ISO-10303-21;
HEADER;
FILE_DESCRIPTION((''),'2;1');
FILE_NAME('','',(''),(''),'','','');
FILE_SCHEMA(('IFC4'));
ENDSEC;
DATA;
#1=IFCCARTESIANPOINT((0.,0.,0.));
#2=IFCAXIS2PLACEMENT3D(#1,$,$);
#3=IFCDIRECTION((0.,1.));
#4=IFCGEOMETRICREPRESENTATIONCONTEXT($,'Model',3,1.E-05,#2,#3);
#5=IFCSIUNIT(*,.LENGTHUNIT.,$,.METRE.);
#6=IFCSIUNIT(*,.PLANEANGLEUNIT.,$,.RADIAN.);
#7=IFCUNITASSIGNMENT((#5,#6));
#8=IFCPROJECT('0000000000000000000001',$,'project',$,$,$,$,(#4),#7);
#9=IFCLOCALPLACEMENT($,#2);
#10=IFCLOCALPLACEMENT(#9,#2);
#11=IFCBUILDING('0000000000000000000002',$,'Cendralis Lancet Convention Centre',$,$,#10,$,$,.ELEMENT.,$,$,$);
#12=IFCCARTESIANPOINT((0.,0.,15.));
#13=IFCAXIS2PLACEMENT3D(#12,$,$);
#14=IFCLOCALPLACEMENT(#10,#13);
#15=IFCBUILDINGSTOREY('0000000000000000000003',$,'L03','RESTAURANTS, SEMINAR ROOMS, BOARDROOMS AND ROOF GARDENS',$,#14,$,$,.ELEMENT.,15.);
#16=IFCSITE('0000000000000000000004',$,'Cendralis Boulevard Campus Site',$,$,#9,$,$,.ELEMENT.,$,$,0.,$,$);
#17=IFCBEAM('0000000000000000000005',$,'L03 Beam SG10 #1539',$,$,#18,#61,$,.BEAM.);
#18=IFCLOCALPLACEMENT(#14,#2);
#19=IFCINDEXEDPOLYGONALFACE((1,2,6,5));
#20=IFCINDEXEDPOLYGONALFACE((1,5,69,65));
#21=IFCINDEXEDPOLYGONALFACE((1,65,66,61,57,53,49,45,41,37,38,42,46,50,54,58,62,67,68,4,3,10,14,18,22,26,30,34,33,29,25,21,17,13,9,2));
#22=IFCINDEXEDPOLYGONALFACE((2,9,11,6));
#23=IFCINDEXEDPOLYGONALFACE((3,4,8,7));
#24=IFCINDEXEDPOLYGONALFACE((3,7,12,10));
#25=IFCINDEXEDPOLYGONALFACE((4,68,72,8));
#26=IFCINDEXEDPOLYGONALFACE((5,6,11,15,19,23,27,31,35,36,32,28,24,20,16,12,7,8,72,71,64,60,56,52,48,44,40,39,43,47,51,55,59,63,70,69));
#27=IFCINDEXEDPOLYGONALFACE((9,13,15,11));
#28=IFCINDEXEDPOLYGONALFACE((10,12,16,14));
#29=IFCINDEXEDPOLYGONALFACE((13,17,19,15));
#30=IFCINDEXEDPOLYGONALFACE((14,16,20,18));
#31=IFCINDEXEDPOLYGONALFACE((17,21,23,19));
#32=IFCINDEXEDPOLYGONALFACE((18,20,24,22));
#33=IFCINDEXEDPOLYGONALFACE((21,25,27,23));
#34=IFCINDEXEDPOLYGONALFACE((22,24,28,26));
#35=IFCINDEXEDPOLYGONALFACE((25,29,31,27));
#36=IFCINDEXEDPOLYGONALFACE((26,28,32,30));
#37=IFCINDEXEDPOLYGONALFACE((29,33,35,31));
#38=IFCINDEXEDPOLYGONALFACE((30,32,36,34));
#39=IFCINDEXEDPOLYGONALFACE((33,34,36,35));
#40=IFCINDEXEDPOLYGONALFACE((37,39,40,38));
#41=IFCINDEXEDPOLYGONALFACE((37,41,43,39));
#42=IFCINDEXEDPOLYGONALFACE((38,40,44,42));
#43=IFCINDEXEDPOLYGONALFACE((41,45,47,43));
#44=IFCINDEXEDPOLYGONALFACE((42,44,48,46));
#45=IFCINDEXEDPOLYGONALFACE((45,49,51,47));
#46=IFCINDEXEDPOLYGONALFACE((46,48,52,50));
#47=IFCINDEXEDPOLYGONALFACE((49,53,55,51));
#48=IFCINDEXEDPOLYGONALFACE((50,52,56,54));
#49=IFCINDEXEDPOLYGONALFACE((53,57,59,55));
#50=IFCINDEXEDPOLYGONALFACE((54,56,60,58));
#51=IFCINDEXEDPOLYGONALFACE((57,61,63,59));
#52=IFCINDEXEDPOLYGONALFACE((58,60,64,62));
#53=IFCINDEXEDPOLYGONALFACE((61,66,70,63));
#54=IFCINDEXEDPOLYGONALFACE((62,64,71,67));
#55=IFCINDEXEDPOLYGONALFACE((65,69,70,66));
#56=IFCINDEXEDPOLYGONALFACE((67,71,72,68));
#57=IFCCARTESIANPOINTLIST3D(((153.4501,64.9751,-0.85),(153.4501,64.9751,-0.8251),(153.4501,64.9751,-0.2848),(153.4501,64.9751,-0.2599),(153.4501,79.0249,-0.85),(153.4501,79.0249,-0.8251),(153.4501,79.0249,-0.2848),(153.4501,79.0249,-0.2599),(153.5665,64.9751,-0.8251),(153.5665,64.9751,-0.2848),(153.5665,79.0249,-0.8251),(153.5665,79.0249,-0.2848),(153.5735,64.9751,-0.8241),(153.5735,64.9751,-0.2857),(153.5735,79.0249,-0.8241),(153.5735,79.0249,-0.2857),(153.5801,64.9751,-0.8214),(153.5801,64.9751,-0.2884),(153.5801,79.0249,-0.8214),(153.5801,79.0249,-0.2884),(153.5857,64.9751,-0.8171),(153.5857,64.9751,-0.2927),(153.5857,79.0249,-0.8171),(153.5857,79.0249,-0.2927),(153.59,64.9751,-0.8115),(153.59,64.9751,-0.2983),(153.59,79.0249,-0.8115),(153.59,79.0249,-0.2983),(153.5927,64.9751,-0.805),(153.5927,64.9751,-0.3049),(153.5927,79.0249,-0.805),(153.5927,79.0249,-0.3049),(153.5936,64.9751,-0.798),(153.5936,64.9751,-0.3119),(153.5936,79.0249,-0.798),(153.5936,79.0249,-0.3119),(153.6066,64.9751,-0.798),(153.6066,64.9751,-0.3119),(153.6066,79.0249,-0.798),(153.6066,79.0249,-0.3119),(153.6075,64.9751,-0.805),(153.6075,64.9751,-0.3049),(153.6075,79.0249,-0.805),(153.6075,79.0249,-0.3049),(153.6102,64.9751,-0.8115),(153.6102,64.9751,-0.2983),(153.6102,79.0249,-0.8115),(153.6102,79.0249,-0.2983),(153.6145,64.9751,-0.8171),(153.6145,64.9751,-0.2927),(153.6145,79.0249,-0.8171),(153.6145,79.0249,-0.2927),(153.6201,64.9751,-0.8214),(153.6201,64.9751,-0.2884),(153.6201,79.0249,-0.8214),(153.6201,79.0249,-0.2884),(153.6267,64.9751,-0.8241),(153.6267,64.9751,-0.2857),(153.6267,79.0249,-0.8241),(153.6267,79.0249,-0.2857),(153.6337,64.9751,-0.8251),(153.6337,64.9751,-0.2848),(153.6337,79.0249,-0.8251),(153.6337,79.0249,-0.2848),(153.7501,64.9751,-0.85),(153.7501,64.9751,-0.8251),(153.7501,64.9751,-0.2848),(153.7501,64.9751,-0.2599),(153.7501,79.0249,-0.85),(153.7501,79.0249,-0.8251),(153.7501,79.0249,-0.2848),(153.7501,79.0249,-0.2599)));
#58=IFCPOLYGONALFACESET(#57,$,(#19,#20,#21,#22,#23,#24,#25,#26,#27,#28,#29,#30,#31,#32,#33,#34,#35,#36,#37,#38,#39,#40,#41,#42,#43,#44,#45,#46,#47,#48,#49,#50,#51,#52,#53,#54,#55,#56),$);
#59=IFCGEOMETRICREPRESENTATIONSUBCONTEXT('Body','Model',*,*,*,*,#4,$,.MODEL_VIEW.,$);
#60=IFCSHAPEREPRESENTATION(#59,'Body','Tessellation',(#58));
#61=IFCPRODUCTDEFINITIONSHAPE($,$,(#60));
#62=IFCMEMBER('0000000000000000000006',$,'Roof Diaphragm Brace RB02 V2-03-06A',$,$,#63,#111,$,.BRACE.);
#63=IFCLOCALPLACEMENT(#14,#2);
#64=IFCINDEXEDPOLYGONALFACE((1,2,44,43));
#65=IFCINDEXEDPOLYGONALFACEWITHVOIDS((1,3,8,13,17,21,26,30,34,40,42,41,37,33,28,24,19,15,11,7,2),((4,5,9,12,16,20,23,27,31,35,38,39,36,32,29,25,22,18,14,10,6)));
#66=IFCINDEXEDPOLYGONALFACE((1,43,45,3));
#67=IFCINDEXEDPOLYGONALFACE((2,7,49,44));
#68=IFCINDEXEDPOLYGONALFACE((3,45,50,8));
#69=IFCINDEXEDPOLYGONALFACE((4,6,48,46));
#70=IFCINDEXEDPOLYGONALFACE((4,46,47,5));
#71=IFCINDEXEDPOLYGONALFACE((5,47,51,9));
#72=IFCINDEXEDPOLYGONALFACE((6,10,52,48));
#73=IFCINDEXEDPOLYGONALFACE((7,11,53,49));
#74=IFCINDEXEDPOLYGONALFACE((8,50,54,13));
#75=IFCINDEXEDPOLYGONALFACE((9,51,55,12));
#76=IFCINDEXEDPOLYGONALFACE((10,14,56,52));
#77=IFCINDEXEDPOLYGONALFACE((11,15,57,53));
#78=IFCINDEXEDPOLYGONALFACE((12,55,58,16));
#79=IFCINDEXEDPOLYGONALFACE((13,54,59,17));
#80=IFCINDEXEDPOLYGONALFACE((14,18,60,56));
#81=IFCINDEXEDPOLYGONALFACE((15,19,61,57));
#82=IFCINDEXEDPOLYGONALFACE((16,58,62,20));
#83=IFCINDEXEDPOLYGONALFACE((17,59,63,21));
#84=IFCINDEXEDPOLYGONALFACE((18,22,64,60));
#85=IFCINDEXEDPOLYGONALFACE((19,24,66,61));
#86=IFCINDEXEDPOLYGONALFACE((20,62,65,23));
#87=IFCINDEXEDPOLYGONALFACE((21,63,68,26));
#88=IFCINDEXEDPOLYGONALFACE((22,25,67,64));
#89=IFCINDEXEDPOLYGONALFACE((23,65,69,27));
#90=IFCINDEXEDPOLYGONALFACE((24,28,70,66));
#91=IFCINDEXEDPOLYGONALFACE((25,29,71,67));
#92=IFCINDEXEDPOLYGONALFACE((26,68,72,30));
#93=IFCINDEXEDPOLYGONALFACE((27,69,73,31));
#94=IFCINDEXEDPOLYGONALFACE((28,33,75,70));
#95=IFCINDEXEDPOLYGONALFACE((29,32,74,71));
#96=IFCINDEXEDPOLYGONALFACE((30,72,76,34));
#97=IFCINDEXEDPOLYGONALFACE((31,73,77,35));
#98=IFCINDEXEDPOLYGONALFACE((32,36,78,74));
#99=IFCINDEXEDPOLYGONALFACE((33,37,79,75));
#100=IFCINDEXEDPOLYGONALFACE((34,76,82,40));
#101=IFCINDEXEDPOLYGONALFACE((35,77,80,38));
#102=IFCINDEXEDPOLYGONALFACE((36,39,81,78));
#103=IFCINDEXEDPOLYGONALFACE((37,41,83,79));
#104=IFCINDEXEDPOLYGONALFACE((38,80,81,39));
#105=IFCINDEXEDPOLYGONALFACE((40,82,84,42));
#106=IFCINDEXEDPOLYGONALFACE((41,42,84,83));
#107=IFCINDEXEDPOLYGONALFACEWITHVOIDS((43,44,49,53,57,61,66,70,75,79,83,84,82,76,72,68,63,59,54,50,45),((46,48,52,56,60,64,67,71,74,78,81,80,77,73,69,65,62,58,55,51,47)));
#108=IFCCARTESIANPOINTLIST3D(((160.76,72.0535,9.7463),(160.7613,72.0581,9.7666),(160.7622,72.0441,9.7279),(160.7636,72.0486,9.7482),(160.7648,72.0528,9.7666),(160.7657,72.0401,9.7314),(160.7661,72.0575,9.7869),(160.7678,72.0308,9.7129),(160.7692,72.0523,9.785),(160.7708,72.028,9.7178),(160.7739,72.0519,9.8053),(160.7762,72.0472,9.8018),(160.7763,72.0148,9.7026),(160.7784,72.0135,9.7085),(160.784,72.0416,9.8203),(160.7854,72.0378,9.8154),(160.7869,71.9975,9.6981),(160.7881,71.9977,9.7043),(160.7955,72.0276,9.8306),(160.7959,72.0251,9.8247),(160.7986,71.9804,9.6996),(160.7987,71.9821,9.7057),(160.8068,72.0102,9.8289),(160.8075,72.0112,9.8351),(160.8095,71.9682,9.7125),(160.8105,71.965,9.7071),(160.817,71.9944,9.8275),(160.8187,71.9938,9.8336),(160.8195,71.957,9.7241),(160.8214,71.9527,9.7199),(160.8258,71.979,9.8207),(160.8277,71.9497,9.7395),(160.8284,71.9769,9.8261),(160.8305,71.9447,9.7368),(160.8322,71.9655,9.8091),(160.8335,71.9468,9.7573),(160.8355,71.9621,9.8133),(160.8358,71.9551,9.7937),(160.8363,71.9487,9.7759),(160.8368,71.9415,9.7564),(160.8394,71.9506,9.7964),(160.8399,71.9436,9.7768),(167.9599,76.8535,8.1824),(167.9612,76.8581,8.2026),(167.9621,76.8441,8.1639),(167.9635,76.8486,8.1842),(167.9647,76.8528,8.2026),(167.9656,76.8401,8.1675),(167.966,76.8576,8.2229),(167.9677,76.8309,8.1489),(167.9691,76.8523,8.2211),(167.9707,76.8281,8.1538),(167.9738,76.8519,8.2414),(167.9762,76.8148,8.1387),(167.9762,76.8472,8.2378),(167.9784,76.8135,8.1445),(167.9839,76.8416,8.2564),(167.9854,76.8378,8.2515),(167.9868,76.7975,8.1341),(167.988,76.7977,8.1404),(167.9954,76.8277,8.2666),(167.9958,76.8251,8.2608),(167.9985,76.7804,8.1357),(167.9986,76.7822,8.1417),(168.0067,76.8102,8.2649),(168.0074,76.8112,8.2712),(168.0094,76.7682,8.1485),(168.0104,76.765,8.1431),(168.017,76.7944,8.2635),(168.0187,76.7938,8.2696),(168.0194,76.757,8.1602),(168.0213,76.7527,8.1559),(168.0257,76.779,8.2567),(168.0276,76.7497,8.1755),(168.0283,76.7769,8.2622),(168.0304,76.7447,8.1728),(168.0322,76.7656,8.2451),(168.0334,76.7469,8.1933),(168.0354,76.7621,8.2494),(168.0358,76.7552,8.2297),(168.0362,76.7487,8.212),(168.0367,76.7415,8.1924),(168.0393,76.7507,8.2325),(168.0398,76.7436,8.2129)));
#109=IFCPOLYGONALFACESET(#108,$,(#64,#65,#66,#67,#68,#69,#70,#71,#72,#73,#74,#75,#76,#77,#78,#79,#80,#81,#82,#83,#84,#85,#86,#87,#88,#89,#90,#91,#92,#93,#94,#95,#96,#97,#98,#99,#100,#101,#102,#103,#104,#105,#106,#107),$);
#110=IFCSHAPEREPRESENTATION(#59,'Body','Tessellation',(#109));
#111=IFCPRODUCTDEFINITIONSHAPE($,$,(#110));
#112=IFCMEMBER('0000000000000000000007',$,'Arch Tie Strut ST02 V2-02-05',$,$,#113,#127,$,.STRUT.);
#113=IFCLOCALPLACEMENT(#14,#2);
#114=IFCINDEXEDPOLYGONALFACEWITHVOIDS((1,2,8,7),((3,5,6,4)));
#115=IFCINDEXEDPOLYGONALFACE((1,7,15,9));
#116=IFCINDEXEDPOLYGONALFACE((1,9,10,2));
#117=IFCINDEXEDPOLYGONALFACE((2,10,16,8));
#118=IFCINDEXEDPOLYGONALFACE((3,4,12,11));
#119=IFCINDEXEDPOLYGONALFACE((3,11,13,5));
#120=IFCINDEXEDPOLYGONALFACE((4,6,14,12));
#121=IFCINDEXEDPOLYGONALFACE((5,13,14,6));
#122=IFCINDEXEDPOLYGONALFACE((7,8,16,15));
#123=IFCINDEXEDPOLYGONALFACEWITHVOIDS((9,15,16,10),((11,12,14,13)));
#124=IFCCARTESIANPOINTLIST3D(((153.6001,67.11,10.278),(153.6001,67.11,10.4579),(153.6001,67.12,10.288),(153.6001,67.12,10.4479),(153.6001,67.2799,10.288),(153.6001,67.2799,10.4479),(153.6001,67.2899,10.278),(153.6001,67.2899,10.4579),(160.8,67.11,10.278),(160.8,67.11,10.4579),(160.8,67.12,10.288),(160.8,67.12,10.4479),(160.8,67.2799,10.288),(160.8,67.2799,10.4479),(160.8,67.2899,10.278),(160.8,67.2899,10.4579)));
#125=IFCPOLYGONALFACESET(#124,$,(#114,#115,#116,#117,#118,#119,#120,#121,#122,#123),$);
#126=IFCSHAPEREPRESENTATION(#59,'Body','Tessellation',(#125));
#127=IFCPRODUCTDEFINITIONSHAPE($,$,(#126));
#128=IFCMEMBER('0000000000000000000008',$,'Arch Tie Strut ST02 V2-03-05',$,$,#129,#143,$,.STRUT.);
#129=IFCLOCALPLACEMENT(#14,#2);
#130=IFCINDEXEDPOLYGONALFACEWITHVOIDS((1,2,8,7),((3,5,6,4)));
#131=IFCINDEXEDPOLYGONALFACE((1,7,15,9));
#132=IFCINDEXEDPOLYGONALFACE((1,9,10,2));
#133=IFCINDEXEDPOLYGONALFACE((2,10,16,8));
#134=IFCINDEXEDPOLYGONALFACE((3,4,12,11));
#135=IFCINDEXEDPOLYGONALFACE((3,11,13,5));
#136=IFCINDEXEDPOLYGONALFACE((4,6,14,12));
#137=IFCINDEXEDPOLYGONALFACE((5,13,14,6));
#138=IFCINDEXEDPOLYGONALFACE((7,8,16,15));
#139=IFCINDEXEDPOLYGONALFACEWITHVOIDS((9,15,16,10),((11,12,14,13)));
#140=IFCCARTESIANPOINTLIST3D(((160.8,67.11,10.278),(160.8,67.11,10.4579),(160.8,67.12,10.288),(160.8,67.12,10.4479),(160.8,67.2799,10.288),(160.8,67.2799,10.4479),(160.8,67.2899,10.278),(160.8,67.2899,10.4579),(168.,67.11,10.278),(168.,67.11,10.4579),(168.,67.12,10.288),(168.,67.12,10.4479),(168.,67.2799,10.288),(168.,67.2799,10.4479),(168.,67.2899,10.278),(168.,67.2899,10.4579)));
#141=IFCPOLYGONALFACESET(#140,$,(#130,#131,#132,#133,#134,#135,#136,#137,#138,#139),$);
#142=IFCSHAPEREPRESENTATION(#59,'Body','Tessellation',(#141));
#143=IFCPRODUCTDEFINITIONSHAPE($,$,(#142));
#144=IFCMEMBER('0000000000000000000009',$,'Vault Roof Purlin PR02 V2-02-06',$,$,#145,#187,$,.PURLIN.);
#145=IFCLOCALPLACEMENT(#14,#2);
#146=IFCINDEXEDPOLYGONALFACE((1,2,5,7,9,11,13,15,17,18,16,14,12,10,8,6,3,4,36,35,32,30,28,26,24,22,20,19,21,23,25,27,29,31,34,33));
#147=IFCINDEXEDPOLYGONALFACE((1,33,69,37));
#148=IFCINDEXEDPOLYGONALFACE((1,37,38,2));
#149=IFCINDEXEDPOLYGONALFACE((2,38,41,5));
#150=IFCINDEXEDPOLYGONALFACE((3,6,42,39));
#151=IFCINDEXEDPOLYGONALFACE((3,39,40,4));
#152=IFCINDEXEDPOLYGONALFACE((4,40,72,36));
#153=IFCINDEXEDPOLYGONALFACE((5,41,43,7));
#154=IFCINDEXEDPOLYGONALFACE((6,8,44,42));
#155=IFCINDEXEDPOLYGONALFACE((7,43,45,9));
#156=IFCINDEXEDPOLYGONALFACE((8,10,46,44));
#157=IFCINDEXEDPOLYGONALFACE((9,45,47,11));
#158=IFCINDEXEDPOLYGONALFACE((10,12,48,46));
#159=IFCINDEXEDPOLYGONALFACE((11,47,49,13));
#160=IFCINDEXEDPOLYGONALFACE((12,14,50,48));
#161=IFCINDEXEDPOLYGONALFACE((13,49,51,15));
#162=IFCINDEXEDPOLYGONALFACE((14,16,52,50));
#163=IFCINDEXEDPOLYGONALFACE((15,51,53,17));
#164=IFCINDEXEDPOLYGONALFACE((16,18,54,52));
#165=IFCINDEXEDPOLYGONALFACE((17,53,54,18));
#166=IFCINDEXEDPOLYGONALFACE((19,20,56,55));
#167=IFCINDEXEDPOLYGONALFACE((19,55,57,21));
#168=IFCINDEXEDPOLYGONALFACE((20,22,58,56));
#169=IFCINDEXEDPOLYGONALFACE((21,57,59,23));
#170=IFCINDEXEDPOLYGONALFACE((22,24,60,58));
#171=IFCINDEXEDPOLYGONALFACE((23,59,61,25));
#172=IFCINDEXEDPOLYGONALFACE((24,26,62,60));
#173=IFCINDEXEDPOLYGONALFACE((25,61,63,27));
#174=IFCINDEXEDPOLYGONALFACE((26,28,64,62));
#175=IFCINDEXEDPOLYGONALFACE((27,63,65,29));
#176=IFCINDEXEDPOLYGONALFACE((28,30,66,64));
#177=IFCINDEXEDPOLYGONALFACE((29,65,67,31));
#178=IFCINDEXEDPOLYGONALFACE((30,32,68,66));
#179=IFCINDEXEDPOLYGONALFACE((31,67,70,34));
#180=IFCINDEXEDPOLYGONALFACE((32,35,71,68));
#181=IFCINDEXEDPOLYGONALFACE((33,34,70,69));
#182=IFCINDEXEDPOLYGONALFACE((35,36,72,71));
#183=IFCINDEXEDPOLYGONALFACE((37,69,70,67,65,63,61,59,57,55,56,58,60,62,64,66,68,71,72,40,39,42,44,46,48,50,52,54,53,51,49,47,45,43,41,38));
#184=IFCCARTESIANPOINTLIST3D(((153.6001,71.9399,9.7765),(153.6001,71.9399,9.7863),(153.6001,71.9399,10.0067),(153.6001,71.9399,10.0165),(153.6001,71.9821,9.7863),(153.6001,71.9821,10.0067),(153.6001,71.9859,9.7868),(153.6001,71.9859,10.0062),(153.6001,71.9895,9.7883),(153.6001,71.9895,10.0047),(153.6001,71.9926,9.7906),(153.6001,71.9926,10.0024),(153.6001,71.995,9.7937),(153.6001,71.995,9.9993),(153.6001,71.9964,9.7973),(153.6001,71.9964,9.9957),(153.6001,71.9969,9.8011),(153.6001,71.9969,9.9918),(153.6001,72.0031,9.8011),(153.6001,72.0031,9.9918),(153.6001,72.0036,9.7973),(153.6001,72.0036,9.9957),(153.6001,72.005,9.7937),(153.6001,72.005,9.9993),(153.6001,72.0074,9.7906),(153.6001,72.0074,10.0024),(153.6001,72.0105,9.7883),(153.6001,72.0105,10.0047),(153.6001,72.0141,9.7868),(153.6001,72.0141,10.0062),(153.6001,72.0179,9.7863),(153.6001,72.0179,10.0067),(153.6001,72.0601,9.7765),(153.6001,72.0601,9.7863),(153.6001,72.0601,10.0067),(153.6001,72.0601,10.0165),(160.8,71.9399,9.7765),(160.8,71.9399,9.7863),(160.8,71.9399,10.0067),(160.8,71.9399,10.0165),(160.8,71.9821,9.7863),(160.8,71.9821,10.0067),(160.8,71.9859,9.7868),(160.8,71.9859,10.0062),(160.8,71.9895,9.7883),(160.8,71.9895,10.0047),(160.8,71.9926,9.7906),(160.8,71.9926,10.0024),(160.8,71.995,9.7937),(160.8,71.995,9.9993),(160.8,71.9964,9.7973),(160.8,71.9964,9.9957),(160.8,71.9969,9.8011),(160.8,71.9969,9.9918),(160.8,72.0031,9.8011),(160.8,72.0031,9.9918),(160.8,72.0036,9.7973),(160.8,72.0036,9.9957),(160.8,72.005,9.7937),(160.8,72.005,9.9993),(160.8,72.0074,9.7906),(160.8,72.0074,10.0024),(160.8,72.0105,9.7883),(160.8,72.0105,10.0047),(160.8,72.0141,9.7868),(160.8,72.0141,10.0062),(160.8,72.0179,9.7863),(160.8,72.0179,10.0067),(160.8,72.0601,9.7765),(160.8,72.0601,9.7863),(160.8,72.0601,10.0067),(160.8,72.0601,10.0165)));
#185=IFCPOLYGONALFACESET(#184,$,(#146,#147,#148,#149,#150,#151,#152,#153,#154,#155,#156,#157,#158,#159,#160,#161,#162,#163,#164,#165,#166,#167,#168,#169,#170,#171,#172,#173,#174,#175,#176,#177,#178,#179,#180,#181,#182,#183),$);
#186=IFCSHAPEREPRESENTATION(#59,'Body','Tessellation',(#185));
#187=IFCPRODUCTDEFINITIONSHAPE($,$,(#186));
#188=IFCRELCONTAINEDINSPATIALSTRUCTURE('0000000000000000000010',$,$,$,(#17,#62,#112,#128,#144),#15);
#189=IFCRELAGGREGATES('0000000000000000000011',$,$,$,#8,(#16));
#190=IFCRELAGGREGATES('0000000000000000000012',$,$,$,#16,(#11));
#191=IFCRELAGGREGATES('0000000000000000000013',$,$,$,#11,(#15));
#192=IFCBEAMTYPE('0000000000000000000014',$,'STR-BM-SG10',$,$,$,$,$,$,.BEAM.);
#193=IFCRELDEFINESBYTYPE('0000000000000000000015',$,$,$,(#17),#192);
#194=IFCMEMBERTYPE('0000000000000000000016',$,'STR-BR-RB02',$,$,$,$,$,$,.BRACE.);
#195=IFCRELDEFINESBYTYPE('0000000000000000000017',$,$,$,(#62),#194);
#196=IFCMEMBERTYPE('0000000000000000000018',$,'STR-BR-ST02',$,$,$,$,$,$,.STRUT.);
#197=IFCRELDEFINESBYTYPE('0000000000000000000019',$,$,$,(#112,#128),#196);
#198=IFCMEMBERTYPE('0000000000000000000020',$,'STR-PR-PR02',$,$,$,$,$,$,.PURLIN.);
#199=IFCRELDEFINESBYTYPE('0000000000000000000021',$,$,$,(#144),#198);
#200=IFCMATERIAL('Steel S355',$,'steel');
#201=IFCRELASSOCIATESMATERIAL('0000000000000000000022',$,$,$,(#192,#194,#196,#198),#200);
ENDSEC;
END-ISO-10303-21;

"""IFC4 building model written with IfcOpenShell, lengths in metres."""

from ifc_helpers import new_model, si_unit, direction, frame, origin, origin_2d, place, context, subcontext, project, spatial, hollow_rectangle, hollow_circle, i_section, extrude, material, material_profile, profile_set, type_object, element, save


model = new_model("IFC4")

# Units and contexts
model_context = context("Model", 3, precision=1e-05, world=origin(), true_north=direction((0.0, 1.0)))
body_context = subcontext(model_context, "Body", "Model", "MODEL_VIEW")
ifc_project = project(units=[si_unit("LENGTHUNIT", "METRE"), si_unit("PLANEANGLEUNIT", "RADIAN")], contexts=[model_context])

# Site, building, storey
site_placement = place(None, origin())
site = spatial("IfcSite", under=ifc_project, at=site_placement, Name="Cendralis Boulevard Campus Site", CompositionType="ELEMENT", RefElevation=0.0)
building_placement = place(site_placement, origin())
building = spatial("IfcBuilding", under=site, at=building_placement, Name="Cendralis Lancet Convention Centre", CompositionType="ELEMENT")
storey_placement = place(building_placement, frame((0.0, 0.0, 15.0)))
storey = spatial("IfcBuildingStorey", under=building, at=storey_placement, Name="L03", Description="RESTAURANTS, SEMINAR ROOMS, BOARDROOMS AND ROOF GARDENS", CompositionType="ELEMENT", Elevation=15.0)

# Beam
ifc_material = material(Name="Steel S355", Category="steel")
ifc_material_profile_1 = material_profile(ifc_material, i_section(OverallWidth=0.3, OverallDepth=0.5901, WebThickness=0.0129, FlangeThickness=0.0249, FilletRadius=0.0271, at=origin_2d()), Name="HEA 600")
ifc_profile_set_1 = profile_set([ifc_material_profile_1], Name="Steel S355")
beam_type = type_object("IfcBeamType", Name="STR-BM-SG10", PredefinedType="BEAM", material=ifc_profile_set_1)
beam_placement = place(storey_placement, frame((153.6001, 64.9751, -0.5549), z_axis=(0.0, 1.0, 0.0), x_axis=(-1.0, 0.0, 0.0)))
element("IfcBeam", 1, at=beam_placement, inside=storey, type_object=beam_type, Name="L03 Beam SG10 #1539", PredefinedType="BEAM", context=body_context, shape_type="SweptSolid", body=[
    extrude(i_section(OverallWidth=0.3, OverallDepth=0.5901, WebThickness=0.0129, FlangeThickness=0.0249, FilletRadius=0.0271, at=origin_2d()), origin(), (0.0, 0.0, 1.0), 14.0498),
])

# Members
ifc_material_profile_2 = material_profile(ifc_material, hollow_circle(Radius=0.0698, WallThickness=0.0063, at=origin_2d()), Name="CHS 139.7x6.3")
ifc_profile_set_2 = profile_set([ifc_material_profile_2], Name="Steel S355")
member_type_1 = type_object("IfcMemberType", Name="STR-BR-RB02", PredefinedType="BRACE", material=ifc_profile_set_2)
member_1_placement = place(storey_placement, frame((160.8, 72.0, 9.7666), z_axis=(0.81878, 0.545863, -0.177855), x_axis=(-0.554707, 0.832046, 0.0)))
element("IfcMember", 2, at=member_1_placement, inside=storey, type_object=member_type_1, Name="Roof Diaphragm Brace RB02 V2-03-06A", PredefinedType="BRACE", context=body_context, shape_type="SweptSolid", body=[
    extrude(hollow_circle(Radius=0.0698, WallThickness=0.0063, at=origin_2d()), origin(), (0.0, 0.0, 1.0), 8.7935),
])
ifc_material_profile_3 = material_profile(ifc_material, hollow_rectangle(XDim=0.1799, YDim=0.1799, WallThickness=0.01, at=origin_2d()), Name="SHS 180x180x10.0")
ifc_profile_set_3 = profile_set([ifc_material_profile_3], Name="Steel S355")
member_type_2 = type_object("IfcMemberType", Name="STR-BR-ST02", PredefinedType="STRUT", material=ifc_profile_set_3)
for number, where, z_axis, x_axis, name in (
    (3, (153.6001, 67.2, 10.3679), (1.0, 0.0, 0.0), (0.0, 1.0, 0.0), "Arch Tie Strut ST02 V2-02-05"),
    (4, (160.8, 67.2, 10.3679), (1.0, 0.0, 0.0), (0.0, 1.0, 0.0), "Arch Tie Strut ST02 V2-03-05"),
):
    element("IfcMember", number, at=place(storey_placement, frame(where, z_axis=z_axis, x_axis=x_axis)), inside=storey, type_object=member_type_2, Name=name, PredefinedType="STRUT", context=body_context, shape_type="SweptSolid", body=[
        extrude(hollow_rectangle(XDim=0.1799, YDim=0.1799, WallThickness=0.01, at=origin_2d()), origin(), (0.0, 0.0, 1.0), 7.2),
    ])
ifc_material_profile_4 = material_profile(ifc_material, i_section(OverallWidth=0.1201, OverallDepth=0.24, WebThickness=0.0061, FlangeThickness=0.0098, FilletRadius=0.0149, at=origin_2d()), Name="IPE 240")
ifc_profile_set_4 = profile_set([ifc_material_profile_4], Name="Steel S355")
member_type_3 = type_object("IfcMemberType", Name="STR-PR-PR02", PredefinedType="PURLIN", material=ifc_profile_set_4)
for number, where, z_axis, x_axis, name in (
    (5, (153.6001, 72.0, 9.8965), (1.0, 0.0, 0.0), (0.0, 1.0, 0.0), "Vault Roof Purlin PR02 V2-02-06"),
):
    element("IfcMember", number, at=place(storey_placement, frame(where, z_axis=z_axis, x_axis=x_axis)), inside=storey, type_object=member_type_3, Name=name, PredefinedType="PURLIN", context=body_context, shape_type="SweptSolid", body=[
        extrude(i_section(OverallWidth=0.1201, OverallDepth=0.24, WebThickness=0.0061, FlangeThickness=0.0098, FilletRadius=0.0149, at=origin_2d()), origin(), (0.0, 0.0, 1.0), 7.2),
    ])

save(model, "model.ifc")
